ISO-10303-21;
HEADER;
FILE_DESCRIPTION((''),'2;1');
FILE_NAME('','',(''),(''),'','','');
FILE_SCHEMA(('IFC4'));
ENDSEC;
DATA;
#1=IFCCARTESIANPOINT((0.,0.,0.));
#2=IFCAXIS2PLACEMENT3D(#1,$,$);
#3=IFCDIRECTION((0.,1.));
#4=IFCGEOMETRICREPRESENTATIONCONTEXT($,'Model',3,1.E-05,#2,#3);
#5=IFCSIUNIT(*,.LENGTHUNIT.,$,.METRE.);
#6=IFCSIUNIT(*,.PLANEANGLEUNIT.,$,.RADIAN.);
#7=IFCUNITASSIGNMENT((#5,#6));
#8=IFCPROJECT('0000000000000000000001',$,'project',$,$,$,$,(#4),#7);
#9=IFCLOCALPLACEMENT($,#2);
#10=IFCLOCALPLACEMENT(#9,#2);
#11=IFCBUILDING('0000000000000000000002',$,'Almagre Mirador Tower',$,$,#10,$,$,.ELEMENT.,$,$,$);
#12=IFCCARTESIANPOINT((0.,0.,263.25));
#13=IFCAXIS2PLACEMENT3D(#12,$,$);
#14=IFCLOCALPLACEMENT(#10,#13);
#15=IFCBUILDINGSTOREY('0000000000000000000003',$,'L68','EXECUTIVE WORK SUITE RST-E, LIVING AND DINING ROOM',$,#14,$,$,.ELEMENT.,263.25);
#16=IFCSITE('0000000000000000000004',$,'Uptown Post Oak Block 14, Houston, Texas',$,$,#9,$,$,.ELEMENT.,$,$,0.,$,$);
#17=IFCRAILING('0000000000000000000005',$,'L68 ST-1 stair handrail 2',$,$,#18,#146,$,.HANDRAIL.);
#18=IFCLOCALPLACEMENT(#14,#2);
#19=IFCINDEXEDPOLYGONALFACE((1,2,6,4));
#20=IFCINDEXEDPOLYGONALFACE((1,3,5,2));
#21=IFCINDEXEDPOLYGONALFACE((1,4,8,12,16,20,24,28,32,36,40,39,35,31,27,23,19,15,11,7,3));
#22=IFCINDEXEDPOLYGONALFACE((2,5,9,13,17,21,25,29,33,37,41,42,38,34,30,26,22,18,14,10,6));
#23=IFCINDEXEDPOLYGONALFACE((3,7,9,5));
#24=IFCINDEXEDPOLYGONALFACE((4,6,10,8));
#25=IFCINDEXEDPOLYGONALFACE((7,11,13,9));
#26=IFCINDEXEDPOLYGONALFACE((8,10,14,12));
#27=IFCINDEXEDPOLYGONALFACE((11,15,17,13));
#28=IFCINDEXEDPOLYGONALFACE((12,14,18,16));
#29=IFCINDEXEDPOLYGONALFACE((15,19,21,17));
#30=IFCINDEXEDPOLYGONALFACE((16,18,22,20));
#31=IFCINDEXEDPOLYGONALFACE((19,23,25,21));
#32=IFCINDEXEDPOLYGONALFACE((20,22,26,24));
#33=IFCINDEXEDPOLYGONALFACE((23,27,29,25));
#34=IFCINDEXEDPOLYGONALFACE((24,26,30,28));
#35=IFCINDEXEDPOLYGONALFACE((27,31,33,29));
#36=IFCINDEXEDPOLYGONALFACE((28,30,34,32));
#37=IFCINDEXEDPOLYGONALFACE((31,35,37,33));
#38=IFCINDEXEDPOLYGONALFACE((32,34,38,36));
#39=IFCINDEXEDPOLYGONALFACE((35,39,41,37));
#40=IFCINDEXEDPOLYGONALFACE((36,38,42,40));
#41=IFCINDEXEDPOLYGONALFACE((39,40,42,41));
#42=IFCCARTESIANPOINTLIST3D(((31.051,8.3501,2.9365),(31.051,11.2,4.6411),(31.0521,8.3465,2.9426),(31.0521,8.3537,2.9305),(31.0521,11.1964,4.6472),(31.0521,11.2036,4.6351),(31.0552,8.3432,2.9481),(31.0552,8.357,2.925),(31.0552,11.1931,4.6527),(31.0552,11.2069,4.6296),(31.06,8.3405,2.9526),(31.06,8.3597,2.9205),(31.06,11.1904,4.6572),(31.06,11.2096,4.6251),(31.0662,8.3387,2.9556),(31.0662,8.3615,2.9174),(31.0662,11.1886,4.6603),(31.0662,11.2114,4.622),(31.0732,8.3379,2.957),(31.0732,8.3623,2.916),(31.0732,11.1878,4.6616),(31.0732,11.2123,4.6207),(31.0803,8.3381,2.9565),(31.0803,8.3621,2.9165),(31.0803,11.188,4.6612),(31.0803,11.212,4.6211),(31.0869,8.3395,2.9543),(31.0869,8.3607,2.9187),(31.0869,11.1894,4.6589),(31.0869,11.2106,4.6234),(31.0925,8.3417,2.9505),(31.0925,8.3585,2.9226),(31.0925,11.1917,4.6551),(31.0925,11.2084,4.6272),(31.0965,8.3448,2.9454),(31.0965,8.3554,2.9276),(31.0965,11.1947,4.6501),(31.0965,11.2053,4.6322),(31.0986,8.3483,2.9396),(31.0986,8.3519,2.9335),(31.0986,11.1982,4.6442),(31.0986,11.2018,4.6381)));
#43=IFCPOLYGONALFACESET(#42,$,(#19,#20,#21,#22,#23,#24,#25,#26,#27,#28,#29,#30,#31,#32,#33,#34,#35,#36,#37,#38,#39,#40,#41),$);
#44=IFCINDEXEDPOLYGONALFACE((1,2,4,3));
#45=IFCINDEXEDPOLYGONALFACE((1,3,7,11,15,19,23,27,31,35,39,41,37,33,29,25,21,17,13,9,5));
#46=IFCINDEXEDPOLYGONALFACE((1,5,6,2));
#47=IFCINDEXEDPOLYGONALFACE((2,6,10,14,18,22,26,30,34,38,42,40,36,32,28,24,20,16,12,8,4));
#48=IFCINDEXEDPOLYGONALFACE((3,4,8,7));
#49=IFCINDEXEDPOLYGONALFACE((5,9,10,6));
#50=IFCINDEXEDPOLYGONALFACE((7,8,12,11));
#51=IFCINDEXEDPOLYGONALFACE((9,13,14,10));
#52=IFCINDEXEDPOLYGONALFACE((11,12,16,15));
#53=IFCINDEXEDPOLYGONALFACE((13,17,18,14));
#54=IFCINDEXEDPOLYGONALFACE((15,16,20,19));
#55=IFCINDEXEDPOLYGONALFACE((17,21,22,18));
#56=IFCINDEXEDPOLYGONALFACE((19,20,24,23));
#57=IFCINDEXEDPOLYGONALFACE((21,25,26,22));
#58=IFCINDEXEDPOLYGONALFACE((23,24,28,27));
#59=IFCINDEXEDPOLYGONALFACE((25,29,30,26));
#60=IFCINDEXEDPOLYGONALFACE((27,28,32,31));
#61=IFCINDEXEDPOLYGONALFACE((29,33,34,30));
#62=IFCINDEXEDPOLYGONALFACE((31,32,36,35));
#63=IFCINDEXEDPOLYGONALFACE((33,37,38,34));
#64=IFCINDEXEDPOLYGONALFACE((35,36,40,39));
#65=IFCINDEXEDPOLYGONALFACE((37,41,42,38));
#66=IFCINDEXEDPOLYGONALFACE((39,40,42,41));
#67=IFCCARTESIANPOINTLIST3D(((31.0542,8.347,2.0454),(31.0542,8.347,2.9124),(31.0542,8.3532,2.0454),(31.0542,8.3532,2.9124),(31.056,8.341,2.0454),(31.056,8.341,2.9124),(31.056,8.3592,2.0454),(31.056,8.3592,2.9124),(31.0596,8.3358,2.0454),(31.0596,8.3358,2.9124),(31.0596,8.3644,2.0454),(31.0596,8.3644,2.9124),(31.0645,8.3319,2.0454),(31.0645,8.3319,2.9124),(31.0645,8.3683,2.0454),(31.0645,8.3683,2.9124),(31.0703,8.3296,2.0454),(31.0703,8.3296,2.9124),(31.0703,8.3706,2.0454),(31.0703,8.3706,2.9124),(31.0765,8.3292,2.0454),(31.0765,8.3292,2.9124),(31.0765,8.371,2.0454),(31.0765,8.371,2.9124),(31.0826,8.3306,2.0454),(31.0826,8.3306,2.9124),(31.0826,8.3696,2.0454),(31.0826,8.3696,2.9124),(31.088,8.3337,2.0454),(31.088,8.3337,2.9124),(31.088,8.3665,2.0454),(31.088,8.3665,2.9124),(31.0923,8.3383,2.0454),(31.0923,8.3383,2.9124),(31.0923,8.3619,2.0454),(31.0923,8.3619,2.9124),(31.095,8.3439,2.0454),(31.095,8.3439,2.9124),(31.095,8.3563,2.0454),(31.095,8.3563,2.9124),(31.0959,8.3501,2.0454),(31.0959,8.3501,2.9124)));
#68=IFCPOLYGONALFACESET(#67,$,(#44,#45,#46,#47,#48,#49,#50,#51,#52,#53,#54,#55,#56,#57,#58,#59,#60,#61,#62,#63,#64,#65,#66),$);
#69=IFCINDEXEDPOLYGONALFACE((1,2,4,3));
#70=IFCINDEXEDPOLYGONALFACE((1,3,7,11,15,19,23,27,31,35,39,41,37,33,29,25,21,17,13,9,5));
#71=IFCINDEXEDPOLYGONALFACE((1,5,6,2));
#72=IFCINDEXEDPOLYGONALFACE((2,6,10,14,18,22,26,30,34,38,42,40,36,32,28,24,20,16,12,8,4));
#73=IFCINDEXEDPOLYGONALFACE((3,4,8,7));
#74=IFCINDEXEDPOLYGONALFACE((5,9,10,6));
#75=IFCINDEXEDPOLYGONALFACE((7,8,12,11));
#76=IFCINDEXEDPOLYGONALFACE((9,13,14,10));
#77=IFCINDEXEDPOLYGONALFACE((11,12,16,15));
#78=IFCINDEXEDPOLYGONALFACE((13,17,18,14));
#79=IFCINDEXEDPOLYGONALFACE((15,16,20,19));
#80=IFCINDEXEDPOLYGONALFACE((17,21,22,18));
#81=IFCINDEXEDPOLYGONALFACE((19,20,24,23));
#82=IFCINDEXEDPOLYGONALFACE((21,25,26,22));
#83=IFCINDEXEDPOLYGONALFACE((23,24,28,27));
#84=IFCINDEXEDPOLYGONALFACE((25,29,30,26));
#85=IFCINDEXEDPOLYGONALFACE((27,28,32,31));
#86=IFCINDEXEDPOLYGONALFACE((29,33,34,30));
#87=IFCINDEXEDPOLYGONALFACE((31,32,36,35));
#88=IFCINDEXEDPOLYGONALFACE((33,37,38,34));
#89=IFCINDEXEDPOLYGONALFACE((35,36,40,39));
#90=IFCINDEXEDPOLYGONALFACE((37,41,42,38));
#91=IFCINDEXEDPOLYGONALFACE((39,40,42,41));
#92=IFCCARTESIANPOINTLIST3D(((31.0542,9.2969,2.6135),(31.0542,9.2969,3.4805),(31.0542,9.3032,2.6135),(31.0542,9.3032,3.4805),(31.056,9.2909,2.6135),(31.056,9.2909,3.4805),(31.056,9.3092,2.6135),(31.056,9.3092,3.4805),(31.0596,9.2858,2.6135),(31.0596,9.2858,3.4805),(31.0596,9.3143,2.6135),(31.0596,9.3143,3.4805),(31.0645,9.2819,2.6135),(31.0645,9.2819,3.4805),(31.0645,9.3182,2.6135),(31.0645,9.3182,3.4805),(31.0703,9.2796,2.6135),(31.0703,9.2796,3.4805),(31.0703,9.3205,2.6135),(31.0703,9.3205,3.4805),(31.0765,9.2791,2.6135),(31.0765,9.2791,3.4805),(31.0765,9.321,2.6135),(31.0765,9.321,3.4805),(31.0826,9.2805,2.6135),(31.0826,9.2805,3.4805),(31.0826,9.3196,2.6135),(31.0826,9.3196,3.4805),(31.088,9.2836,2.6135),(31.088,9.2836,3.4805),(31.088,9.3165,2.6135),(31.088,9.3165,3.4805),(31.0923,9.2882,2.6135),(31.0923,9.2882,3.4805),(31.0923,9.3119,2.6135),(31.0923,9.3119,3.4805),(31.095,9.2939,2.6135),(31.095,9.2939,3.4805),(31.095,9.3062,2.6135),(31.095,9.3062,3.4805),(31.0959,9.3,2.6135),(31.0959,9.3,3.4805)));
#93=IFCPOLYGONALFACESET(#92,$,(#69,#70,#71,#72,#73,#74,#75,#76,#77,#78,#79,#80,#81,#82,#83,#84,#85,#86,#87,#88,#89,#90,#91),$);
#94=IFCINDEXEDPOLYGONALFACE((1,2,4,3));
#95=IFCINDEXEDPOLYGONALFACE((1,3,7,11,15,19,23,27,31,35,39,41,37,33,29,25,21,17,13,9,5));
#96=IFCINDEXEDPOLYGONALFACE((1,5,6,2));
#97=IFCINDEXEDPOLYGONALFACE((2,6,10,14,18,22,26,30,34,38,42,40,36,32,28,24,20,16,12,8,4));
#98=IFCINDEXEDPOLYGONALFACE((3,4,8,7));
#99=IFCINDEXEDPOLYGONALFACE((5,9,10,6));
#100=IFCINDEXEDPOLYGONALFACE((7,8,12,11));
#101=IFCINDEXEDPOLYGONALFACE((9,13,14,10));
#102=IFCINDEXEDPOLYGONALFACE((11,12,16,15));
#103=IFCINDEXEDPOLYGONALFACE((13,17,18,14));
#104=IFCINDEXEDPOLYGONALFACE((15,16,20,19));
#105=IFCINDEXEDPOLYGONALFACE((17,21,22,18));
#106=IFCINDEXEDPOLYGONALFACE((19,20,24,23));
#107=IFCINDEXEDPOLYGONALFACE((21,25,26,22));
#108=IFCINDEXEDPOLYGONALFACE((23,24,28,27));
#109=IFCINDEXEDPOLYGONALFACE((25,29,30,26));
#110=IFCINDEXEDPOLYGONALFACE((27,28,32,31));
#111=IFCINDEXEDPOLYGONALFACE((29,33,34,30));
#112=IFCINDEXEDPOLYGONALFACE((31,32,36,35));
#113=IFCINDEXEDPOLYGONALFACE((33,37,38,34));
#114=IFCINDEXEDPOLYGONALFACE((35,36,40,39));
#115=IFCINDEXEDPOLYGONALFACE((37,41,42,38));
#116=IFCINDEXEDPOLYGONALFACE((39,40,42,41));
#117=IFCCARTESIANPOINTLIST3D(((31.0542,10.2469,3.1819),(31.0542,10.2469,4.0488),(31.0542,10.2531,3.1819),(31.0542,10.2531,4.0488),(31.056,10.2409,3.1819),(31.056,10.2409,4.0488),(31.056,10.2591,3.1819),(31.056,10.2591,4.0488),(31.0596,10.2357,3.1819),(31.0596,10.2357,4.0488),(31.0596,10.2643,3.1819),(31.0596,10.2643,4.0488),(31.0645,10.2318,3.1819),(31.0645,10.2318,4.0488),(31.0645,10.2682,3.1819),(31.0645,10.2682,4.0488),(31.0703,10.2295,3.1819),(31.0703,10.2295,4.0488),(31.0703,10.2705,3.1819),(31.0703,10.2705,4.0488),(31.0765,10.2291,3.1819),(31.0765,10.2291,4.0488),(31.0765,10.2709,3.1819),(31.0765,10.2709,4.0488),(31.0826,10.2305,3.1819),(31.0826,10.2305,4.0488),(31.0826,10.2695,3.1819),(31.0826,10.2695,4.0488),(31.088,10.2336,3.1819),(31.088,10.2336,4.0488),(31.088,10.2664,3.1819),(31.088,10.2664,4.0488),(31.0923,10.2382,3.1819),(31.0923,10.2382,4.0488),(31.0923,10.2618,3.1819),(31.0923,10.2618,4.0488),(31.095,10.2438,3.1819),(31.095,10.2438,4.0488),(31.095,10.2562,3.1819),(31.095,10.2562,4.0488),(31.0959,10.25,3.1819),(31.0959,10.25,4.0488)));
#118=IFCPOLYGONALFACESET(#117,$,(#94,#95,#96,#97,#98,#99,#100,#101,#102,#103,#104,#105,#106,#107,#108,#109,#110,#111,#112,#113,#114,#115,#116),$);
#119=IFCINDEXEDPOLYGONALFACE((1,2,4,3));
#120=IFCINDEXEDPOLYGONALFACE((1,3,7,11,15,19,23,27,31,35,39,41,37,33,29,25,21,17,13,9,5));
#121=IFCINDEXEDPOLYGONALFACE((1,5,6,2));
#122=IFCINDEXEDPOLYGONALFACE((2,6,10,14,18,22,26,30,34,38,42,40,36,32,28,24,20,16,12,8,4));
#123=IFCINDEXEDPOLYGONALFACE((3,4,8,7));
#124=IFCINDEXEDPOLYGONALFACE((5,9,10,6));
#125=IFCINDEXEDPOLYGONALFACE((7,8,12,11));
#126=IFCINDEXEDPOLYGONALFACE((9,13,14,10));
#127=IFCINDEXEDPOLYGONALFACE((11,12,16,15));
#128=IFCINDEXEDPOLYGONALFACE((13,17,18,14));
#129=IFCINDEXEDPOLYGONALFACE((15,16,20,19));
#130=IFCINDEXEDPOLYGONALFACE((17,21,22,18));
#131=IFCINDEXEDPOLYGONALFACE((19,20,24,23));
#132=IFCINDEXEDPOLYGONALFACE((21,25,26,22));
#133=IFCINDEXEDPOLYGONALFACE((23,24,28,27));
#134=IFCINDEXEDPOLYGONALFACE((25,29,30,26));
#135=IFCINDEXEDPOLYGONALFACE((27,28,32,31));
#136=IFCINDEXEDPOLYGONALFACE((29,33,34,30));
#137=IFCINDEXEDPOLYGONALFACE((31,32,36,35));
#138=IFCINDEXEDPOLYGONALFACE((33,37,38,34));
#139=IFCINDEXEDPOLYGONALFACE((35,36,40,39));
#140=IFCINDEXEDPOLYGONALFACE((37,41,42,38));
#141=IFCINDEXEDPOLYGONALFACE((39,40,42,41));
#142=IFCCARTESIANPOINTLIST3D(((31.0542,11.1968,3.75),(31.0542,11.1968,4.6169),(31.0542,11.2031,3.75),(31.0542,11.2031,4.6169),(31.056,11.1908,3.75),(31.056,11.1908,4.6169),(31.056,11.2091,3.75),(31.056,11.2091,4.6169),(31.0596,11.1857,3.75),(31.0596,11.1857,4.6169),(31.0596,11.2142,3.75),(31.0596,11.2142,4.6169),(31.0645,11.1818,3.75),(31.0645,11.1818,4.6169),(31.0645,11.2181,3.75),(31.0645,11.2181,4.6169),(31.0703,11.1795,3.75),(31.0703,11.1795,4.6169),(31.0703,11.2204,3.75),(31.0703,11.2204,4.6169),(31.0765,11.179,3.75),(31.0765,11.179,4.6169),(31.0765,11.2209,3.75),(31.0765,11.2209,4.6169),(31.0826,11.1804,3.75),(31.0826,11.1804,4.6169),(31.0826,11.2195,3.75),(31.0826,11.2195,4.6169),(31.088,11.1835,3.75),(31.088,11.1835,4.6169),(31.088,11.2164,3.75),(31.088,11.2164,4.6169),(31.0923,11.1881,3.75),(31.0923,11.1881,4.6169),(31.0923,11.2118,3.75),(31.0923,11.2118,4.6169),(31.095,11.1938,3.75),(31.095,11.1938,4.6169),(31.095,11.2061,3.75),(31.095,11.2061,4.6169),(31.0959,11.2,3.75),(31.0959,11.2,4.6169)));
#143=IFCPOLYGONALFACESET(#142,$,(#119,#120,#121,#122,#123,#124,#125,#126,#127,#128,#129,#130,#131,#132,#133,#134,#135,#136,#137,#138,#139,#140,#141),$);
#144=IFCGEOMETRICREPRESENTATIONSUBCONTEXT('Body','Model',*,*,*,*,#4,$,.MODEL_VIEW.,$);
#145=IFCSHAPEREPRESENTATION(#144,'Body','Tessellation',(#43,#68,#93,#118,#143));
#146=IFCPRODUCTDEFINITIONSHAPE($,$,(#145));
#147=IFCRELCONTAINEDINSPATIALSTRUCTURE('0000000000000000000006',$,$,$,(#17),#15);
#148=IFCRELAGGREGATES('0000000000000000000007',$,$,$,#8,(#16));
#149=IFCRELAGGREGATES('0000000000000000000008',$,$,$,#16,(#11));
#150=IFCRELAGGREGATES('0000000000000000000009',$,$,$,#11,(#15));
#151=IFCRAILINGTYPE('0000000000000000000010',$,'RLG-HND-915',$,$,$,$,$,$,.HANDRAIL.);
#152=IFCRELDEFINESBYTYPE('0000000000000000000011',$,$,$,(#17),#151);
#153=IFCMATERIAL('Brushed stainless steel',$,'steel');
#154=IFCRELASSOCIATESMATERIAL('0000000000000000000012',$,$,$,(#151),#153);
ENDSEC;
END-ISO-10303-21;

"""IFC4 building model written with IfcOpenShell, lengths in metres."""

from ifc_helpers import new_model, si_unit, direction, frame, origin, origin_2d, place, context, subcontext, project, spatial, circle, extrude, material, type_object, element, save


model = new_model("IFC4")

# Units and contexts
model_context = context("Model", 3, precision=1e-05, world=origin(), true_north=direction((0.0, 1.0)))
body_context = subcontext(model_context, "Body", "Model", "MODEL_VIEW")
ifc_project = project(units=[si_unit("LENGTHUNIT", "METRE"), si_unit("PLANEANGLEUNIT", "RADIAN")], contexts=[model_context])

# Site, building, storey
site_placement = place(None, origin())
site = spatial("IfcSite", under=ifc_project, at=site_placement, Name="Uptown Post Oak Block 14, Houston, Texas", CompositionType="ELEMENT", RefElevation=0.0)
building_placement = place(site_placement, origin())
building = spatial("IfcBuilding", under=site, at=building_placement, Name="Almagre Mirador Tower", CompositionType="ELEMENT")
storey_placement = place(building_placement, frame((0.0, 0.0, 263.25)))
storey = spatial("IfcBuildingStorey", under=building, at=storey_placement, Name="L68", Description="EXECUTIVE WORK SUITE RST-E, LIVING AND DINING ROOM", CompositionType="ELEMENT", Elevation=263.25)

# Railing
ifc_material_1 = material(Name="Brushed stainless steel", Category="steel")
railing_type_1 = type_object("IfcRailingType", Name="RLG-HND-915", PredefinedType="HANDRAIL", material=ifc_material_1)
railing_1_placement = place(storey_placement, frame((31.075, 8.3501, 2.0454)))
element("IfcRailing", 1, at=railing_1_placement, inside=storey, type_object=railing_type_1, Name="L68 ST-1 stair handrail 2", PredefinedType="HANDRAIL", context=body_context, shape_type="SweptSolid", body=[
    extrude(circle(Radius=0.0239, at=origin_2d()), frame((0.0, 0.0, 0.8911), z_axis=(0.0, 0.858199, 0.513317), x_axis=(-1.0, 0.0, 0.0)), (0.0, 0.0, 1.0), 3.3208),
    extrude(circle(Radius=0.021, at=origin_2d()), origin(), (0.0, 0.0, 1.0), 0.8669),
    extrude(circle(Radius=0.021, at=origin_2d()), frame((0.0, 0.95, 0.5681)), (0.0, 0.0, 1.0), 0.8669),
    extrude(circle(Radius=0.021, at=origin_2d()), frame((0.0, 1.8999, 1.1365)), (0.0, 0.0, 1.0), 0.8669),
    extrude(circle(Radius=0.021, at=origin_2d()), frame((0.0, 2.8499, 1.7046)), (0.0, 0.0, 1.0), 0.8669),
])

save(model, "model.ifc")
